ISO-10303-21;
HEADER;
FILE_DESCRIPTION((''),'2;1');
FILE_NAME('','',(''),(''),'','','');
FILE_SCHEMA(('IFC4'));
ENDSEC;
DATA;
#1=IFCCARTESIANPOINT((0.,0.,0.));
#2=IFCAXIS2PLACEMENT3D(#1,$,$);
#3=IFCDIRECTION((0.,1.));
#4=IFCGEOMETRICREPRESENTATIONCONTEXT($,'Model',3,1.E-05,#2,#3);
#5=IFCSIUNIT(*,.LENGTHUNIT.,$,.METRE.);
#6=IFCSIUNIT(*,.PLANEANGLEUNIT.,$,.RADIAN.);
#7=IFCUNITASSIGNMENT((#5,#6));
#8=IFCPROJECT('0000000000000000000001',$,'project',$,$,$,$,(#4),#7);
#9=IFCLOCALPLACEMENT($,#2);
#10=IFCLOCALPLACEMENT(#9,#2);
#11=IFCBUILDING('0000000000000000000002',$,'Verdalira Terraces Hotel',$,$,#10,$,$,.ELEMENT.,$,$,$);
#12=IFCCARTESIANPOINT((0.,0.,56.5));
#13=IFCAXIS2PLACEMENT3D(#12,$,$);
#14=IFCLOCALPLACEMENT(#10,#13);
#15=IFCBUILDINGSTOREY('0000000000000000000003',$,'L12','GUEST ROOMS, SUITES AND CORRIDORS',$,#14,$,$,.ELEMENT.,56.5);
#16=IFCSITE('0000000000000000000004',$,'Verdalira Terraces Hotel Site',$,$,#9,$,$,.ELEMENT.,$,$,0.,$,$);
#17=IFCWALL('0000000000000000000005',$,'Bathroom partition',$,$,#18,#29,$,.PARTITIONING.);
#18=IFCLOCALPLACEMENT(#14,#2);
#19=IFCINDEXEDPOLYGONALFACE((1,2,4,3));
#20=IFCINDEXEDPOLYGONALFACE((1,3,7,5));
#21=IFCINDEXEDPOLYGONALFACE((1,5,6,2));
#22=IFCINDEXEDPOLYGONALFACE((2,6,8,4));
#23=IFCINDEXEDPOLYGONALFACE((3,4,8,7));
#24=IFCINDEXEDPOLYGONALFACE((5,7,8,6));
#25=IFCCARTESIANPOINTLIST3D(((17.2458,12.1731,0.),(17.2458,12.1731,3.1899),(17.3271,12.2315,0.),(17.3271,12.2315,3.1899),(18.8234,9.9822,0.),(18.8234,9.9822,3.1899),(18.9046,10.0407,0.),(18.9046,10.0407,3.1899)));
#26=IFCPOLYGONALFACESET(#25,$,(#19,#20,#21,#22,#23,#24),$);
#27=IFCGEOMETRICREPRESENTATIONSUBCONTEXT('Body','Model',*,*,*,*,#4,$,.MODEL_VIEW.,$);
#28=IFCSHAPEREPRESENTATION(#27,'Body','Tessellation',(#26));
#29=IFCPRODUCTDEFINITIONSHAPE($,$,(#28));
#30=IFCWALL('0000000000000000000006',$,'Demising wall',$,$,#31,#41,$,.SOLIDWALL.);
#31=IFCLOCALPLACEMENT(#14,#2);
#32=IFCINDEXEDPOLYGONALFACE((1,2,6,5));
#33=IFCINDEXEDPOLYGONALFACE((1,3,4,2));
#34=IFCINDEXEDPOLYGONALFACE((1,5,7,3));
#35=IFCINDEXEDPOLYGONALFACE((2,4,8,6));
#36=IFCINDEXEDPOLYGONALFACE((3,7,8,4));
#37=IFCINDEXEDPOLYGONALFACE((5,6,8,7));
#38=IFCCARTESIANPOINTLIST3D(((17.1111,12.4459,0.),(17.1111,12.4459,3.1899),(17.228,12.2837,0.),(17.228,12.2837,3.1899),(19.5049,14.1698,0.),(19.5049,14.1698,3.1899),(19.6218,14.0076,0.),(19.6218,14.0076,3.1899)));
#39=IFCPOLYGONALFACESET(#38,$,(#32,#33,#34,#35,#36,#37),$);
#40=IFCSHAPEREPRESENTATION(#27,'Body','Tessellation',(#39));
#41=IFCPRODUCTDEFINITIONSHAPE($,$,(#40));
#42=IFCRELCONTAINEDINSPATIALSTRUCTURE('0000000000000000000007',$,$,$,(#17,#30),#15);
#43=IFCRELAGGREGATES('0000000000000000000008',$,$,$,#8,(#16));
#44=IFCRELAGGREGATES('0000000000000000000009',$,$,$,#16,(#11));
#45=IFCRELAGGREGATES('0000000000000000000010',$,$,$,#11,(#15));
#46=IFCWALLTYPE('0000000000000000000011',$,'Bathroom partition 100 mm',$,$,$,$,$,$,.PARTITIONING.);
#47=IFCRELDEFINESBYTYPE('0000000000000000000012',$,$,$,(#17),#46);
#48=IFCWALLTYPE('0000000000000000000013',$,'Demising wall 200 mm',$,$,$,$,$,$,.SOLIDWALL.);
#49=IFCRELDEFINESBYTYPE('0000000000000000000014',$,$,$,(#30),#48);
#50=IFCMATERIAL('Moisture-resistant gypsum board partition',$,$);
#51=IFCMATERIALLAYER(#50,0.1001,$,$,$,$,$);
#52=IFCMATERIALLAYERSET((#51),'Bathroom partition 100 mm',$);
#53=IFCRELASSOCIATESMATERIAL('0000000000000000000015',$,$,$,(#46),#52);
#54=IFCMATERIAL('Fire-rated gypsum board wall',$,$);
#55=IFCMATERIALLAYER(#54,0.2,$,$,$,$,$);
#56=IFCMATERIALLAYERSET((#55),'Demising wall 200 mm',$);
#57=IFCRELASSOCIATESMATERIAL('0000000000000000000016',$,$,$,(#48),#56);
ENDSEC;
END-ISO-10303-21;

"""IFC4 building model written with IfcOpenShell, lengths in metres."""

from ifc_helpers import new_model, si_unit, direction, frame, frame_2d, origin, place, context, subcontext, project, spatial, rectangle, extrude, material, layer, layer_set, type_object, element, save


model = new_model("IFC4")

# Units and contexts
model_context = context("Model", 3, precision=1e-05, world=origin(), true_north=direction((0.0, 1.0)))
body_context = subcontext(model_context, "Body", "Model", "MODEL_VIEW")
ifc_project = project(units=[si_unit("LENGTHUNIT", "METRE"), si_unit("PLANEANGLEUNIT", "RADIAN")], contexts=[model_context])

# Site, building, storey
site_placement = place(None, origin())
site = spatial("IfcSite", under=ifc_project, at=site_placement, Name="Verdalira Terraces Hotel Site", CompositionType="ELEMENT", RefElevation=0.0)
building_placement = place(site_placement, origin())
building = spatial("IfcBuilding", under=site, at=building_placement, Name="Verdalira Terraces Hotel", CompositionType="ELEMENT")
storey_placement = place(building_placement, frame((0.0, 0.0, 56.5)))
storey = spatial("IfcBuildingStorey", under=building, at=storey_placement, Name="L12", Description="GUEST ROOMS, SUITES AND CORRIDORS", CompositionType="ELEMENT", Elevation=56.5)

# Walls
ifc_material_1 = material(Name="Moisture-resistant gypsum board partition")
ifc_layer_1 = layer(ifc_material_1, 0.1001)
ifc_layer_set_1 = layer_set([ifc_layer_1], Name="Bathroom partition 100 mm")
wall_type_1 = type_object("IfcWallType", Name="Bathroom partition 100 mm", PredefinedType="PARTITIONING", material=ifc_layer_set_1)
wall_1_placement = place(storey_placement, frame((18.864, 10.0115, 0.0), z_axis=(0.0, 0.0, 1.0), x_axis=(-0.584348, 0.811503, 0.0)))
element("IfcWall", 1, at=wall_1_placement, inside=storey, type_object=wall_type_1, Name="Bathroom partition", PredefinedType="PARTITIONING", context=body_context, shape_type="SweptSolid", body=[
    extrude(rectangle(XDim=2.6997, YDim=0.1001, at=frame_2d((1.3499, 0.0))), origin(), (0.0, 0.0, 1.0), 3.1899),
])
ifc_material_2 = material(Name="Fire-rated gypsum board wall")
ifc_layer_2 = layer(ifc_material_2, 0.2)
ifc_layer_set_2 = layer_set([ifc_layer_2], Name="Demising wall 200 mm")
wall_type_2 = type_object("IfcWallType", Name="Demising wall 200 mm", PredefinedType="SOLIDWALL", material=ifc_layer_set_2)
wall_2_placement = place(storey_placement, frame((17.1694, 12.3647, 0.0), z_axis=(0.0, 0.0, 1.0), x_axis=(0.811479, 0.584381, 0.0)))
element("IfcWall", 2, at=wall_2_placement, inside=storey, type_object=wall_type_2, Name="Demising wall", PredefinedType="SOLIDWALL", context=body_context, shape_type="SweptSolid", body=[
    extrude(rectangle(XDim=2.95, YDim=0.2, at=frame_2d((1.4751, 0.0))), origin(), (0.0, 0.0, 1.0), 3.1899),
])

save(model, "model.ifc")
